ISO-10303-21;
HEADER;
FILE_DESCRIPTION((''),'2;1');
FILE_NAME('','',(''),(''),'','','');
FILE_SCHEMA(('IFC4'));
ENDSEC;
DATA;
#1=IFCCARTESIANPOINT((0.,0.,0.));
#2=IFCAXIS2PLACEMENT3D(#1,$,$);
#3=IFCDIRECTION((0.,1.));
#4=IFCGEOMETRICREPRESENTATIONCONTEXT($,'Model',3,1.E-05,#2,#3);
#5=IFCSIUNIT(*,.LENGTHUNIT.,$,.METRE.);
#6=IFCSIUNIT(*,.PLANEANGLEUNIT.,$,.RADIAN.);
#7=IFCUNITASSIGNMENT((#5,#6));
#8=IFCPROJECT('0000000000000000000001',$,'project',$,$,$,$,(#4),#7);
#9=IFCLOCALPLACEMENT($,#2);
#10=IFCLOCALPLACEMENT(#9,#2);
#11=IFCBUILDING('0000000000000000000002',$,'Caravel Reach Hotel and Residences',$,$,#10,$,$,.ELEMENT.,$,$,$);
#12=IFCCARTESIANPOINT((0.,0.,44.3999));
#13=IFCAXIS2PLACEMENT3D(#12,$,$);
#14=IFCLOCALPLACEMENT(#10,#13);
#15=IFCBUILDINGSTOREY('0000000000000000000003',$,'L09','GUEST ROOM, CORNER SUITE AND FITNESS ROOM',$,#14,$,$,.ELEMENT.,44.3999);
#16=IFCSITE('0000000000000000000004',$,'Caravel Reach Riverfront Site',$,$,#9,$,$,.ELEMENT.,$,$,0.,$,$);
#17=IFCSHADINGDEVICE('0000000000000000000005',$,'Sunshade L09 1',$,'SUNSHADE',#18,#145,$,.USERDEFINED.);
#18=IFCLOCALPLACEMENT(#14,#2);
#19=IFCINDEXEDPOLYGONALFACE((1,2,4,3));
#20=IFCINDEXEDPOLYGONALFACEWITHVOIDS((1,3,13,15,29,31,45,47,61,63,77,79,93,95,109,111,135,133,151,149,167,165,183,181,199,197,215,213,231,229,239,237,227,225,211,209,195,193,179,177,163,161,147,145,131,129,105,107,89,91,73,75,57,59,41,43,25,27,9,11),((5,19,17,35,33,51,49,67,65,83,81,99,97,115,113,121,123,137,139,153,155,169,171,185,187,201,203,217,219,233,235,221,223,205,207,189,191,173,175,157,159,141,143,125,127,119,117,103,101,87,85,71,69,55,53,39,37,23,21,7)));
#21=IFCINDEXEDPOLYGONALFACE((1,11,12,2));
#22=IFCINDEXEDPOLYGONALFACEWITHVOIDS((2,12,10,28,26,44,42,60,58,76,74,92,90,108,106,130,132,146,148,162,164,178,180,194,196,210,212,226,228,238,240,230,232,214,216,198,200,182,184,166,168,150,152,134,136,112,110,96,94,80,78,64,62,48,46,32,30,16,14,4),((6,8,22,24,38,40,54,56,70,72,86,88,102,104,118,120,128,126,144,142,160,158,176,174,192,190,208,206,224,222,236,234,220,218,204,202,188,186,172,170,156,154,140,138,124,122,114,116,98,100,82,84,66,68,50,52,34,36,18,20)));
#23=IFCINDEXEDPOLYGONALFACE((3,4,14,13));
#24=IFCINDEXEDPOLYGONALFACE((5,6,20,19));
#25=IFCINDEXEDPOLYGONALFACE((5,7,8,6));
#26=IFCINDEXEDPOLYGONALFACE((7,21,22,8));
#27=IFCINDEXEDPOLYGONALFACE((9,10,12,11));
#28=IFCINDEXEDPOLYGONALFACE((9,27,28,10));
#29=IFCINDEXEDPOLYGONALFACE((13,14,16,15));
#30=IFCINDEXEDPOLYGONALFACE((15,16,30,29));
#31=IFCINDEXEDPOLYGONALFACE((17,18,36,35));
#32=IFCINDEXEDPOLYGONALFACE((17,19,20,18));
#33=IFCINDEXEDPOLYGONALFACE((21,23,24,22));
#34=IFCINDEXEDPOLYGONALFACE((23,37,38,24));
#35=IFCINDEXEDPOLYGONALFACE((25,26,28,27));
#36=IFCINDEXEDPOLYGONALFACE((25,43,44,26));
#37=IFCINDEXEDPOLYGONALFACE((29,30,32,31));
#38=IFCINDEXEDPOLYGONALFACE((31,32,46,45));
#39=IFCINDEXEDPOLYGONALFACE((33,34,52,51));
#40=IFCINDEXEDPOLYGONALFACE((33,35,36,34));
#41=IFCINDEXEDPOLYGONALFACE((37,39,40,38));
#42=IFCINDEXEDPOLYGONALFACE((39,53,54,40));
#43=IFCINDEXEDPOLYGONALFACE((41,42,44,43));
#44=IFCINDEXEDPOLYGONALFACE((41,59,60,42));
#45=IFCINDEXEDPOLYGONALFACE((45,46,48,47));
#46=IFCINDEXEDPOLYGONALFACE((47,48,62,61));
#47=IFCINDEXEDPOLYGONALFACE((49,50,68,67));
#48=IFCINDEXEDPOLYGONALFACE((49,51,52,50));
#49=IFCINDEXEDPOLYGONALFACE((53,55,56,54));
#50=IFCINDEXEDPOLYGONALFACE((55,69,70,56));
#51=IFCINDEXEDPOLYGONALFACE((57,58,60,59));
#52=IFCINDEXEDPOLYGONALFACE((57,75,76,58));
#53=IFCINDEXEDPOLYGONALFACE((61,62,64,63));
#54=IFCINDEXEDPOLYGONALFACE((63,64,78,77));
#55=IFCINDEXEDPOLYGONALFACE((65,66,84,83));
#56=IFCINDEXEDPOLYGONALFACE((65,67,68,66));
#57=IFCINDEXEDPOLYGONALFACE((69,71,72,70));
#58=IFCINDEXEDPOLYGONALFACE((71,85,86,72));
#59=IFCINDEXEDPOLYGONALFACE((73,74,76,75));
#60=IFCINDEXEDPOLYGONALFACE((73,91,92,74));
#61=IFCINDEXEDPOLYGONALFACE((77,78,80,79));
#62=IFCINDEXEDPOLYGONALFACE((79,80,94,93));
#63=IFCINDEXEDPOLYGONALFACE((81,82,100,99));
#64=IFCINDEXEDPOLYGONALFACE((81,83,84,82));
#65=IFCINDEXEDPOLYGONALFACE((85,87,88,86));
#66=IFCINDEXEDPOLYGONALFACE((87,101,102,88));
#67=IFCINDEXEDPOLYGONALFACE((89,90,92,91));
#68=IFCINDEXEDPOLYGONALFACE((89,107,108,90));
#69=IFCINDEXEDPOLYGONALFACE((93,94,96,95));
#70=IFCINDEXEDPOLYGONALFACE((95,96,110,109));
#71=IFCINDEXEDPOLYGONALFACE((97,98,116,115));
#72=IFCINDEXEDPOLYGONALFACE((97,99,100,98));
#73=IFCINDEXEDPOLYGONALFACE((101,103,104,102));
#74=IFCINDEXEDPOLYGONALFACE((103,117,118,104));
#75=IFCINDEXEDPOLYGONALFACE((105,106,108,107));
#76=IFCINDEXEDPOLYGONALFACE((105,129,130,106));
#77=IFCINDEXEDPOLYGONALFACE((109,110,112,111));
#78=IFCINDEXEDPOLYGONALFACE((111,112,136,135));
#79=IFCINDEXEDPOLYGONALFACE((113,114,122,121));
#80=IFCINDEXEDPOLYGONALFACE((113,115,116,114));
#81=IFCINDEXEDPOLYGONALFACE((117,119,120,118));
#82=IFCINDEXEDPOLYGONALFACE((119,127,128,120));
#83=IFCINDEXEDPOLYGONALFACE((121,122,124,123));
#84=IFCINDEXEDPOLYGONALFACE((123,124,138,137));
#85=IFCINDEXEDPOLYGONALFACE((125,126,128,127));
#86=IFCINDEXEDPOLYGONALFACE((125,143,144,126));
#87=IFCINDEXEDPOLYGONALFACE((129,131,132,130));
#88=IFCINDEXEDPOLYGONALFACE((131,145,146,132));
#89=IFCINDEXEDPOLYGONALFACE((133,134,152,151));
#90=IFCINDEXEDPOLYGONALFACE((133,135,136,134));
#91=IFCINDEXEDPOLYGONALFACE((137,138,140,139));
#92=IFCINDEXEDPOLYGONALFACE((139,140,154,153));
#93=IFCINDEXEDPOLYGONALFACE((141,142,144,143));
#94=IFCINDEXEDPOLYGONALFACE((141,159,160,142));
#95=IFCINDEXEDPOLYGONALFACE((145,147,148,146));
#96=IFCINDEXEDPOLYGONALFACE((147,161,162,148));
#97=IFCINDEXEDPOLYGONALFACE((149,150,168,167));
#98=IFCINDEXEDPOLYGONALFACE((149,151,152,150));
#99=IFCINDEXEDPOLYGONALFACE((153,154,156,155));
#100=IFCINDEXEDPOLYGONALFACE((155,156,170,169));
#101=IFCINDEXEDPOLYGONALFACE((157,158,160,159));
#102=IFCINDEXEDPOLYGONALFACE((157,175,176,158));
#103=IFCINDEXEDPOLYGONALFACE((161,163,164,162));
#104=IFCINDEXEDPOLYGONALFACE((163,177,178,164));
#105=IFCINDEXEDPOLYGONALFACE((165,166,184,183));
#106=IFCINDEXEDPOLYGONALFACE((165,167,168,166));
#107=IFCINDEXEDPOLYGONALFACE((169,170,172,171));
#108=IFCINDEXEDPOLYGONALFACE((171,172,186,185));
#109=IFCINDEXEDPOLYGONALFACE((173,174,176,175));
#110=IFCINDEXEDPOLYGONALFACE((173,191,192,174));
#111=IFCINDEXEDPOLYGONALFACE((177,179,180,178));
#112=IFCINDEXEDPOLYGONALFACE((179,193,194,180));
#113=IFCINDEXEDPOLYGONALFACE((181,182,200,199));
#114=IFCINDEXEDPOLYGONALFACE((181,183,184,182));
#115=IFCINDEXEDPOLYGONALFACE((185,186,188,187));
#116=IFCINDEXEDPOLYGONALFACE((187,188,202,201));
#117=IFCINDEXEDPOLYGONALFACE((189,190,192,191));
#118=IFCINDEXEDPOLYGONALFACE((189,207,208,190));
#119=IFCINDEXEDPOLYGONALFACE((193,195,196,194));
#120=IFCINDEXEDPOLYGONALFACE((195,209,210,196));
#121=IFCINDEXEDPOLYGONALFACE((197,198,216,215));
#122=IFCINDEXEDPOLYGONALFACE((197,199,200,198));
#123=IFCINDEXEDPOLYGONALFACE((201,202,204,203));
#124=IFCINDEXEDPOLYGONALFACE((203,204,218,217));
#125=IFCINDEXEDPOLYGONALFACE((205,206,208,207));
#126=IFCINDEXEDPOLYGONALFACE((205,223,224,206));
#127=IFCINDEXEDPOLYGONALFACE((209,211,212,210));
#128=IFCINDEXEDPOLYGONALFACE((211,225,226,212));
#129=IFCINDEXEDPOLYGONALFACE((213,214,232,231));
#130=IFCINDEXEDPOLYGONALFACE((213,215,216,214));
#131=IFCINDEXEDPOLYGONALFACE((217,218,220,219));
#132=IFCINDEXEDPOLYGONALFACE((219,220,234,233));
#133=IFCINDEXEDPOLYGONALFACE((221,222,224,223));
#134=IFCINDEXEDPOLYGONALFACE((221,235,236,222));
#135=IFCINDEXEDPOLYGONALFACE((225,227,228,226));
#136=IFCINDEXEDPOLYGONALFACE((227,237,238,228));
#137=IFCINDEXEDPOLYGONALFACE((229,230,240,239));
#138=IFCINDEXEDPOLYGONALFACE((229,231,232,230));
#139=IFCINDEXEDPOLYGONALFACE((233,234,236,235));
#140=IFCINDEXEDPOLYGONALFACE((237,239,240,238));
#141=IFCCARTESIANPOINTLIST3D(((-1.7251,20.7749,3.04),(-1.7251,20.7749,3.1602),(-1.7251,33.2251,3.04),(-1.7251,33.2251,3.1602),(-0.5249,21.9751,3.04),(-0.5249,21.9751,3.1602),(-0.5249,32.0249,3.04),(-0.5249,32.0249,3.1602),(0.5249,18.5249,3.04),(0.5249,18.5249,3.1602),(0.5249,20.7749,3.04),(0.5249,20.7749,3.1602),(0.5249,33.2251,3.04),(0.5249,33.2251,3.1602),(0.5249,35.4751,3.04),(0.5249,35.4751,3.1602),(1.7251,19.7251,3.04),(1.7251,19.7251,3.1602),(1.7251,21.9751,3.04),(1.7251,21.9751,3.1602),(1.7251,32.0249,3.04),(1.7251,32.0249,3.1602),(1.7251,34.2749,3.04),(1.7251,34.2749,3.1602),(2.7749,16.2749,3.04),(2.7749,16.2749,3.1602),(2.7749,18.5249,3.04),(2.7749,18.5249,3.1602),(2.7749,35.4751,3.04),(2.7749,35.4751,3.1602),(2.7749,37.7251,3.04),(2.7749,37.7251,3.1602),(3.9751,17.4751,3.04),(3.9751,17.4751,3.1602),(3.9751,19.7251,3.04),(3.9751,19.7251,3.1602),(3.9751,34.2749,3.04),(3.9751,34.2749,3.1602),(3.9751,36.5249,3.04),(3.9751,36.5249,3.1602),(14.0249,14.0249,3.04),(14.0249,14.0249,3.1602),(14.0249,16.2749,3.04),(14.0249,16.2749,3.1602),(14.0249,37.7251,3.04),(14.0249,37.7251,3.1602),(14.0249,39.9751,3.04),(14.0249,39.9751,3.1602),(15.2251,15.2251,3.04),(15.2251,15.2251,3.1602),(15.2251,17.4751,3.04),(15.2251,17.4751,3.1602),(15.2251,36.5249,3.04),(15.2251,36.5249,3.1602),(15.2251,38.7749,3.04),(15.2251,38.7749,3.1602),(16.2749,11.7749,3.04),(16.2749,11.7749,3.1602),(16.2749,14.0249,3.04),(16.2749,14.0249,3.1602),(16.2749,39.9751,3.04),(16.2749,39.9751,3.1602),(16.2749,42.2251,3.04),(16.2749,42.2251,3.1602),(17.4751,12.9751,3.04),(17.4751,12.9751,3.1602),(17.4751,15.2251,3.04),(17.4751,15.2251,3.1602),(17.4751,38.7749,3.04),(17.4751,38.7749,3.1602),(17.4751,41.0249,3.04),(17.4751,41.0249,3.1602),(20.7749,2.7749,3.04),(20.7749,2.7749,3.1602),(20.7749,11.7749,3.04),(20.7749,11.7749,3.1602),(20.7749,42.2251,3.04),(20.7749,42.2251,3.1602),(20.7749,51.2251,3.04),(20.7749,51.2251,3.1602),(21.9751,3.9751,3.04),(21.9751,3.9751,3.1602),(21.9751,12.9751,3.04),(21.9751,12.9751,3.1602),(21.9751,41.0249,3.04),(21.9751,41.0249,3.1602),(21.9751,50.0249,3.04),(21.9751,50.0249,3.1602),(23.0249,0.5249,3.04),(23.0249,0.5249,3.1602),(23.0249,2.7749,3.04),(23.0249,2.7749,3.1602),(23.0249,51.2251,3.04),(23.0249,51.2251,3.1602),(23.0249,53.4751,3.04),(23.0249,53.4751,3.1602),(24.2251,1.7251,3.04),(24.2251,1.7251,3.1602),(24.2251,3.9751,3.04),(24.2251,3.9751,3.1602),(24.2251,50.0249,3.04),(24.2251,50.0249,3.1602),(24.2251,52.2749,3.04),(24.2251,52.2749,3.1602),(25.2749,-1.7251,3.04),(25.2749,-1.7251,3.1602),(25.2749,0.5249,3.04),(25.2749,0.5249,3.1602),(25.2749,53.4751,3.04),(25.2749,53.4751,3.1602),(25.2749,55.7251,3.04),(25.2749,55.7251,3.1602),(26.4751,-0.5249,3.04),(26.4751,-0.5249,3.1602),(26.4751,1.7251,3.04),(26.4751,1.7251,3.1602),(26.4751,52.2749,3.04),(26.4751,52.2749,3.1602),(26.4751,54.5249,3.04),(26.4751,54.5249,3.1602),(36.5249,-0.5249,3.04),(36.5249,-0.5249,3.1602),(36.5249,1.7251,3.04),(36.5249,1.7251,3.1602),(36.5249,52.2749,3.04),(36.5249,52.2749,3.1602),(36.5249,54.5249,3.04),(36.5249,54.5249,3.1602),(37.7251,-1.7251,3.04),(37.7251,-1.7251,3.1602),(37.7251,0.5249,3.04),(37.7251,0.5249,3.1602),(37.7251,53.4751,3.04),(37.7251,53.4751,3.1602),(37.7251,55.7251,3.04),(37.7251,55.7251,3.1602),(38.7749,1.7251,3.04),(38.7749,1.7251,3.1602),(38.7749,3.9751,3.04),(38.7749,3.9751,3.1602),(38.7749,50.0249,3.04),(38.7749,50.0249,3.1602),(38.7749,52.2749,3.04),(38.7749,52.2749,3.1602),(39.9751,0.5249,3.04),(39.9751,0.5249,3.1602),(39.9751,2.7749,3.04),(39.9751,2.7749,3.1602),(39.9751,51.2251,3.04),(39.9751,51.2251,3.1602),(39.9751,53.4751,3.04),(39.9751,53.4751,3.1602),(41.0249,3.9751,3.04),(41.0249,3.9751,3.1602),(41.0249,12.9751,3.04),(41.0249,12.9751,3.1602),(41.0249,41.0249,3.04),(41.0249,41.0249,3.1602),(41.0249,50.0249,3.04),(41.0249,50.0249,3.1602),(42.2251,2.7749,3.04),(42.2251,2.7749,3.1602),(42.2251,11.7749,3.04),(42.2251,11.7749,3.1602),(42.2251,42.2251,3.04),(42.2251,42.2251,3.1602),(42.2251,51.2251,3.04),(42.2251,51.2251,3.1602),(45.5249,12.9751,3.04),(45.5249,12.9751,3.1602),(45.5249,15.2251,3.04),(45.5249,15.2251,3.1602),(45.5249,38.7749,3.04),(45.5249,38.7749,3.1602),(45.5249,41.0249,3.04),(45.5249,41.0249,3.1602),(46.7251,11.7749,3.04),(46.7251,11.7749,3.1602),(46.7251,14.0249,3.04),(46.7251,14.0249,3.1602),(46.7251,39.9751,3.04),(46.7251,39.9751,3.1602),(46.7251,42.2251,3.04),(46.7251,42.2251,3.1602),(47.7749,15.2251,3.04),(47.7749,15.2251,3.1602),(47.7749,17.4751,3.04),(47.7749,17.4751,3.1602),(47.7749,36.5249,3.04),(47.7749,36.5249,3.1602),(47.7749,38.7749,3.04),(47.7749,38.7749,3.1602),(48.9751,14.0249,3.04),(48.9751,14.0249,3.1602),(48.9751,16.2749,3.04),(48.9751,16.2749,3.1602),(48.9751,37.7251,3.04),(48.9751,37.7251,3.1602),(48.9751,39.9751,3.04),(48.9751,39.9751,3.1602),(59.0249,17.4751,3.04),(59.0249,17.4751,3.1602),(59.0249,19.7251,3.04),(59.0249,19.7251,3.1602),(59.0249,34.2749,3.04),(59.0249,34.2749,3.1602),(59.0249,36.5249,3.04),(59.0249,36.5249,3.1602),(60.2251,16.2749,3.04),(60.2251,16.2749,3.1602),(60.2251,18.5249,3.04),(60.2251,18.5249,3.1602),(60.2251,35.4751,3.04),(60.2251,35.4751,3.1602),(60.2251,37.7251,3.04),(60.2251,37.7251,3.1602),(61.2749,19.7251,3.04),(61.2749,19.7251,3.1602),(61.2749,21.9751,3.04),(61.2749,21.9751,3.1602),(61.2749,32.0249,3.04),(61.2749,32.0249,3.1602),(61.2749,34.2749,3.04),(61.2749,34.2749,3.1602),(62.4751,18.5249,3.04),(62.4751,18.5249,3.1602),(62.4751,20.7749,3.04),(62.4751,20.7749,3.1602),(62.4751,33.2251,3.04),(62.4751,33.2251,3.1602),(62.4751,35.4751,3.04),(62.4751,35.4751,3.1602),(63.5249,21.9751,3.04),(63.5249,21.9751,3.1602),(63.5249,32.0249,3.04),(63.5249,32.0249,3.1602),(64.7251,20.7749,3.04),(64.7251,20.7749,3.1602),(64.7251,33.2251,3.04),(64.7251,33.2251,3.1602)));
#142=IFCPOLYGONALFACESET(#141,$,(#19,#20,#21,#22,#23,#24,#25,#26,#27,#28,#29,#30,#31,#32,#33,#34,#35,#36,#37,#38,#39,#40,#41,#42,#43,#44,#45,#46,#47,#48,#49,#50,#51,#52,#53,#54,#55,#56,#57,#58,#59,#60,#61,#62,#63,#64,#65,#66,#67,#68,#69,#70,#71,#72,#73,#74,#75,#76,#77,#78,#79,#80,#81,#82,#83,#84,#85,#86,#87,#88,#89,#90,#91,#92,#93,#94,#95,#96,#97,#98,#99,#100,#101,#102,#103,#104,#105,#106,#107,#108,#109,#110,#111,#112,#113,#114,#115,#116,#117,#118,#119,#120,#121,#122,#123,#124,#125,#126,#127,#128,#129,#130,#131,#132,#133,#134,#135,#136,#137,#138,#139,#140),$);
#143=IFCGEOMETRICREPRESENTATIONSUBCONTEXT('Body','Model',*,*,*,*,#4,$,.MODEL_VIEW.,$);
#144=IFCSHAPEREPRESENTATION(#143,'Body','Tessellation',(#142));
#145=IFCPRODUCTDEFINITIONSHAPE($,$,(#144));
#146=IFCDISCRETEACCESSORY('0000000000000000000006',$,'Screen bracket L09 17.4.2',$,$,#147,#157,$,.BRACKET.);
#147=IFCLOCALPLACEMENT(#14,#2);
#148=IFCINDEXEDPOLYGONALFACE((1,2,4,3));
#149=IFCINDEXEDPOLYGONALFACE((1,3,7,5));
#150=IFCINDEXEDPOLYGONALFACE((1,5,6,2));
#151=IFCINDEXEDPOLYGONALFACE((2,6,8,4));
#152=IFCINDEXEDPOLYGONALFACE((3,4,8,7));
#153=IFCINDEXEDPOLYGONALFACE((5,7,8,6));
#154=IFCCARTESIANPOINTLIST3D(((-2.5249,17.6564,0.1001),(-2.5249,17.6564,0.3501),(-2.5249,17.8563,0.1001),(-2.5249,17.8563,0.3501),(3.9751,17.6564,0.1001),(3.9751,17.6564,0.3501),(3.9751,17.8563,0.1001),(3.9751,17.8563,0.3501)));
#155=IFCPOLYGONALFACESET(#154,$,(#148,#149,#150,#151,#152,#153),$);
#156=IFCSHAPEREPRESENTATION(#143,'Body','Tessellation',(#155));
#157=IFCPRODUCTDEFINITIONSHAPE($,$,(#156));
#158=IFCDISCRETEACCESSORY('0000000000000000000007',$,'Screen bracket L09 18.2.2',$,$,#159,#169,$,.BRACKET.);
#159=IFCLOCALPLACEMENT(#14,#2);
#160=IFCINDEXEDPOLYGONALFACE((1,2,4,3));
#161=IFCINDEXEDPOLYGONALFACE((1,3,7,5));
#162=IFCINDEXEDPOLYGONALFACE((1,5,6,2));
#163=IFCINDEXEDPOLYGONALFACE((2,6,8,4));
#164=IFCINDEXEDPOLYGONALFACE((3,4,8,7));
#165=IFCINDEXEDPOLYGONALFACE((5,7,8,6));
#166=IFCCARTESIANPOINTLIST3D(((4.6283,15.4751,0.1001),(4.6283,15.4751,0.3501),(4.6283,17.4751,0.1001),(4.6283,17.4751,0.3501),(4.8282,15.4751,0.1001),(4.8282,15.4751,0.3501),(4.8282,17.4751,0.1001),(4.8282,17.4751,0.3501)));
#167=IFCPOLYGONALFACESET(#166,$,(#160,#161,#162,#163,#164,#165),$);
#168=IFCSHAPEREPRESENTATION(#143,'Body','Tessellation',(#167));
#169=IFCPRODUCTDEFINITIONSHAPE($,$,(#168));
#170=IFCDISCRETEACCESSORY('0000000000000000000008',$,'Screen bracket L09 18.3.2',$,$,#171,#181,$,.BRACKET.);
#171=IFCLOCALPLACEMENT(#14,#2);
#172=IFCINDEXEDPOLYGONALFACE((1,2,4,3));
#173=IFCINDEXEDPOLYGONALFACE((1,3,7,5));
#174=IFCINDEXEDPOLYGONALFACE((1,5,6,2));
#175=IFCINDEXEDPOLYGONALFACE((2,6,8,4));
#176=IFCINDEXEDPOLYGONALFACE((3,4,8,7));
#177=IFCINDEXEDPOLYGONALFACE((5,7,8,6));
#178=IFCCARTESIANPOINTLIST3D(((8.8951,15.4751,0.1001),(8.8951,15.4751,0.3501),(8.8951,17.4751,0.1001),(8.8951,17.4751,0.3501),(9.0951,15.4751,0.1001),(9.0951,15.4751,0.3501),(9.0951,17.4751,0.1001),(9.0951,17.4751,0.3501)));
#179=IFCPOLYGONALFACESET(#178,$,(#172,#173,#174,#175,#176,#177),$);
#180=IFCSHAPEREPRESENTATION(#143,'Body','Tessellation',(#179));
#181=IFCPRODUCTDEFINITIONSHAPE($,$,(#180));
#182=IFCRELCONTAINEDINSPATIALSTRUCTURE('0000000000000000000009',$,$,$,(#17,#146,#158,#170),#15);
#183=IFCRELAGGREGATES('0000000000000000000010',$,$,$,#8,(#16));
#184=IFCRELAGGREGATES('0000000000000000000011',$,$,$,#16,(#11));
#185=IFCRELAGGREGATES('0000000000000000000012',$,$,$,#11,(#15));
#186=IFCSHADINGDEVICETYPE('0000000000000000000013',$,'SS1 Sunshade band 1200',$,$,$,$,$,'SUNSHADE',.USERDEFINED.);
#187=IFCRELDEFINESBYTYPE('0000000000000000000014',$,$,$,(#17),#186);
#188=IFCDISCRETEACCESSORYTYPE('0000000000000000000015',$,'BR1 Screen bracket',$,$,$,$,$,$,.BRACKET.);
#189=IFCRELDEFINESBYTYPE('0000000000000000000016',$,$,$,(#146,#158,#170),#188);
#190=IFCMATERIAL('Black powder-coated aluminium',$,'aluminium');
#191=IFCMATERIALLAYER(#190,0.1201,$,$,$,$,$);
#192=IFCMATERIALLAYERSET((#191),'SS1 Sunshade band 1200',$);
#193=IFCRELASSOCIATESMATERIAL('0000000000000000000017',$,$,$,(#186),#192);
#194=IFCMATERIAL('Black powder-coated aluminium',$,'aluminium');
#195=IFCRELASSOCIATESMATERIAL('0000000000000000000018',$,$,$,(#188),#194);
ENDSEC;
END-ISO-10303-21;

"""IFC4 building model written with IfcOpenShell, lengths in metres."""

from ifc_helpers import new_model, si_unit, direction, frame, origin, origin_2d, place, context, subcontext, project, spatial, polyline, rectangle, outline, extrude, material, layer, layer_set, type_object, element, save


model = new_model("IFC4")

# Units and contexts
model_context = context("Model", 3, precision=1e-05, world=origin(), true_north=direction((0.0, 1.0)))
body_context = subcontext(model_context, "Body", "Model", "MODEL_VIEW")
ifc_project = project(units=[si_unit("LENGTHUNIT", "METRE"), si_unit("PLANEANGLEUNIT", "RADIAN")], contexts=[model_context])

# Site, building, storey
site_placement = place(None, origin())
site = spatial("IfcSite", under=ifc_project, at=site_placement, Name="Caravel Reach Riverfront Site", CompositionType="ELEMENT", RefElevation=0.0)
building_placement = place(site_placement, origin())
building = spatial("IfcBuilding", under=site, at=building_placement, Name="Caravel Reach Hotel and Residences", CompositionType="ELEMENT")
storey_placement = place(building_placement, frame((0.0, 0.0, 44.3999)))
storey = spatial("IfcBuildingStorey", under=building, at=storey_placement, Name="L09", Description="GUEST ROOM, CORNER SUITE AND FITNESS ROOM", CompositionType="ELEMENT", Elevation=44.3999)

# Shading device
ifc_material_1 = material(Name="Black powder-coated aluminium", Category="aluminium")
ifc_layer_1 = layer(ifc_material_1, 0.1201)
ifc_layer_set_1 = layer_set([ifc_layer_1], Name="SS1 Sunshade band 1200")
shading_device_type = type_object("IfcShadingDeviceType", Name="SS1 Sunshade band 1200", ElementType="SUNSHADE", PredefinedType="USERDEFINED", material=ifc_layer_set_1)
shading_device_placement = place(storey_placement, frame((0.0, 0.0, 3.04)))
element("IfcShadingDevice", 1, at=shading_device_placement, inside=storey, type_object=shading_device_type, Name="Sunshade L09 1", ObjectType="SUNSHADE", PredefinedType="USERDEFINED", context=body_context, shape_type="SweptSolid", body=[
    extrude(outline(polyline([(20.7749, 11.7749), (20.7749, 2.7749), (23.0249, 2.7749), (23.0249, 0.5249), (25.2749, 0.5249), (25.2749, -1.7251), (37.7251, -1.7251), (37.7251, 0.5249), (39.9751, 0.5249), (39.9751, 2.7749), (42.2251, 2.7749), (42.2251, 11.7749), (46.7251, 11.7749), (46.7251, 14.0249), (48.9751, 14.0249), (48.9751, 16.2749), (60.2251, 16.2749), (60.2251, 18.5249), (62.4751, 18.5249), (62.4751, 20.7749), (64.7251, 20.7749), (64.7251, 33.2251), (62.4751, 33.2251), (62.4751, 35.4751), (60.2251, 35.4751), (60.2251, 37.7251), (48.9751, 37.7251), (48.9751, 39.9751), (46.7251, 39.9751), (46.7251, 42.2251), (42.2251, 42.2251), (42.2251, 51.2251), (39.9751, 51.2251), (39.9751, 53.4751), (37.7251, 53.4751), (37.7251, 55.7251), (25.2749, 55.7251), (25.2749, 53.4751), (23.0249, 53.4751), (23.0249, 51.2251), (20.7749, 51.2251), (20.7749, 42.2251), (16.2749, 42.2251), (16.2749, 39.9751), (14.0249, 39.9751), (14.0249, 37.7251), (2.7749, 37.7251), (2.7749, 35.4751), (0.5249, 35.4751), (0.5249, 33.2251), (-1.7251, 33.2251), (-1.7251, 20.7749), (0.5249, 20.7749), (0.5249, 18.5249), (2.7749, 18.5249), (2.7749, 16.2749), (14.0249, 16.2749), (14.0249, 14.0249), (16.2749, 14.0249), (16.2749, 11.7749), (20.7749, 11.7749)]), holes=[polyline([(24.2251, 3.9751), (21.9751, 3.9751), (21.9751, 12.9751), (17.4751, 12.9751), (17.4751, 15.2251), (15.2251, 15.2251), (15.2251, 17.4751), (3.9751, 17.4751), (3.9751, 19.7251), (1.7251, 19.7251), (1.7251, 21.9751), (-0.5249, 21.9751), (-0.5249, 32.0249), (1.7251, 32.0249), (1.7251, 34.2749), (3.9751, 34.2749), (3.9751, 36.5249), (15.2251, 36.5249), (15.2251, 38.7749), (17.4751, 38.7749), (17.4751, 41.0249), (21.9751, 41.0249), (21.9751, 50.0249), (24.2251, 50.0249), (24.2251, 52.2749), (26.4751, 52.2749), (26.4751, 54.5249), (36.5249, 54.5249), (36.5249, 52.2749), (38.7749, 52.2749), (38.7749, 50.0249), (41.0249, 50.0249), (41.0249, 41.0249), (45.5249, 41.0249), (45.5249, 38.7749), (47.7749, 38.7749), (47.7749, 36.5249), (59.0249, 36.5249), (59.0249, 34.2749), (61.2749, 34.2749), (61.2749, 32.0249), (63.5249, 32.0249), (63.5249, 21.9751), (61.2749, 21.9751), (61.2749, 19.7251), (59.0249, 19.7251), (59.0249, 17.4751), (47.7749, 17.4751), (47.7749, 15.2251), (45.5249, 15.2251), (45.5249, 12.9751), (41.0249, 12.9751), (41.0249, 3.9751), (38.7749, 3.9751), (38.7749, 1.7251), (36.5249, 1.7251), (36.5249, -0.5249), (26.4751, -0.5249), (26.4751, 1.7251), (24.2251, 1.7251), (24.2251, 3.9751)])]), origin(), (0.0, 0.0, 1.0), 0.1201),
])

# Discrete accessories
ifc_material_2 = material(Name="Black powder-coated aluminium", Category="aluminium")
discrete_accessory_type = type_object("IfcDiscreteAccessoryType", Name="BR1 Screen bracket", PredefinedType="BRACKET", material=ifc_material_2)
discrete_accessory_1_placement = place(storey_placement, frame((0.7251, 17.7563, 0.1001), z_axis=(0.0, 0.0, 1.0), x_axis=(-1.0, 0.0, 0.0)))
element("IfcDiscreteAccessory", 2, at=discrete_accessory_1_placement, inside=storey, type_object=discrete_accessory_type, Name="Screen bracket L09 17.4.2", PredefinedType="BRACKET", context=body_context, shape_type="SweptSolid", body=[
    extrude(rectangle(XDim=6.5, YDim=0.2, at=origin_2d()), origin(), (0.0, 0.0, 1.0), 0.25),
])
for number, where, z_axis, x_axis, name in (
    (3, (4.7283, 16.4751, 0.1001), (0.0, 0.0, 1.0), (0.0, -1.0, 0.0), "Screen bracket L09 18.2.2"),
    (4, (8.9951, 16.4751, 0.1001), (0.0, 0.0, 1.0), (0.0, -1.0, 0.0), "Screen bracket L09 18.3.2"),
):
    element("IfcDiscreteAccessory", number, at=place(storey_placement, frame(where, z_axis=z_axis, x_axis=x_axis)), inside=storey, type_object=discrete_accessory_type, Name=name, PredefinedType="BRACKET", context=body_context, shape_type="SweptSolid", body=[
        extrude(rectangle(XDim=2.0, YDim=0.2, at=origin_2d()), origin(), (0.0, 0.0, 1.0), 0.25),
    ])

save(model, "model.ifc")
